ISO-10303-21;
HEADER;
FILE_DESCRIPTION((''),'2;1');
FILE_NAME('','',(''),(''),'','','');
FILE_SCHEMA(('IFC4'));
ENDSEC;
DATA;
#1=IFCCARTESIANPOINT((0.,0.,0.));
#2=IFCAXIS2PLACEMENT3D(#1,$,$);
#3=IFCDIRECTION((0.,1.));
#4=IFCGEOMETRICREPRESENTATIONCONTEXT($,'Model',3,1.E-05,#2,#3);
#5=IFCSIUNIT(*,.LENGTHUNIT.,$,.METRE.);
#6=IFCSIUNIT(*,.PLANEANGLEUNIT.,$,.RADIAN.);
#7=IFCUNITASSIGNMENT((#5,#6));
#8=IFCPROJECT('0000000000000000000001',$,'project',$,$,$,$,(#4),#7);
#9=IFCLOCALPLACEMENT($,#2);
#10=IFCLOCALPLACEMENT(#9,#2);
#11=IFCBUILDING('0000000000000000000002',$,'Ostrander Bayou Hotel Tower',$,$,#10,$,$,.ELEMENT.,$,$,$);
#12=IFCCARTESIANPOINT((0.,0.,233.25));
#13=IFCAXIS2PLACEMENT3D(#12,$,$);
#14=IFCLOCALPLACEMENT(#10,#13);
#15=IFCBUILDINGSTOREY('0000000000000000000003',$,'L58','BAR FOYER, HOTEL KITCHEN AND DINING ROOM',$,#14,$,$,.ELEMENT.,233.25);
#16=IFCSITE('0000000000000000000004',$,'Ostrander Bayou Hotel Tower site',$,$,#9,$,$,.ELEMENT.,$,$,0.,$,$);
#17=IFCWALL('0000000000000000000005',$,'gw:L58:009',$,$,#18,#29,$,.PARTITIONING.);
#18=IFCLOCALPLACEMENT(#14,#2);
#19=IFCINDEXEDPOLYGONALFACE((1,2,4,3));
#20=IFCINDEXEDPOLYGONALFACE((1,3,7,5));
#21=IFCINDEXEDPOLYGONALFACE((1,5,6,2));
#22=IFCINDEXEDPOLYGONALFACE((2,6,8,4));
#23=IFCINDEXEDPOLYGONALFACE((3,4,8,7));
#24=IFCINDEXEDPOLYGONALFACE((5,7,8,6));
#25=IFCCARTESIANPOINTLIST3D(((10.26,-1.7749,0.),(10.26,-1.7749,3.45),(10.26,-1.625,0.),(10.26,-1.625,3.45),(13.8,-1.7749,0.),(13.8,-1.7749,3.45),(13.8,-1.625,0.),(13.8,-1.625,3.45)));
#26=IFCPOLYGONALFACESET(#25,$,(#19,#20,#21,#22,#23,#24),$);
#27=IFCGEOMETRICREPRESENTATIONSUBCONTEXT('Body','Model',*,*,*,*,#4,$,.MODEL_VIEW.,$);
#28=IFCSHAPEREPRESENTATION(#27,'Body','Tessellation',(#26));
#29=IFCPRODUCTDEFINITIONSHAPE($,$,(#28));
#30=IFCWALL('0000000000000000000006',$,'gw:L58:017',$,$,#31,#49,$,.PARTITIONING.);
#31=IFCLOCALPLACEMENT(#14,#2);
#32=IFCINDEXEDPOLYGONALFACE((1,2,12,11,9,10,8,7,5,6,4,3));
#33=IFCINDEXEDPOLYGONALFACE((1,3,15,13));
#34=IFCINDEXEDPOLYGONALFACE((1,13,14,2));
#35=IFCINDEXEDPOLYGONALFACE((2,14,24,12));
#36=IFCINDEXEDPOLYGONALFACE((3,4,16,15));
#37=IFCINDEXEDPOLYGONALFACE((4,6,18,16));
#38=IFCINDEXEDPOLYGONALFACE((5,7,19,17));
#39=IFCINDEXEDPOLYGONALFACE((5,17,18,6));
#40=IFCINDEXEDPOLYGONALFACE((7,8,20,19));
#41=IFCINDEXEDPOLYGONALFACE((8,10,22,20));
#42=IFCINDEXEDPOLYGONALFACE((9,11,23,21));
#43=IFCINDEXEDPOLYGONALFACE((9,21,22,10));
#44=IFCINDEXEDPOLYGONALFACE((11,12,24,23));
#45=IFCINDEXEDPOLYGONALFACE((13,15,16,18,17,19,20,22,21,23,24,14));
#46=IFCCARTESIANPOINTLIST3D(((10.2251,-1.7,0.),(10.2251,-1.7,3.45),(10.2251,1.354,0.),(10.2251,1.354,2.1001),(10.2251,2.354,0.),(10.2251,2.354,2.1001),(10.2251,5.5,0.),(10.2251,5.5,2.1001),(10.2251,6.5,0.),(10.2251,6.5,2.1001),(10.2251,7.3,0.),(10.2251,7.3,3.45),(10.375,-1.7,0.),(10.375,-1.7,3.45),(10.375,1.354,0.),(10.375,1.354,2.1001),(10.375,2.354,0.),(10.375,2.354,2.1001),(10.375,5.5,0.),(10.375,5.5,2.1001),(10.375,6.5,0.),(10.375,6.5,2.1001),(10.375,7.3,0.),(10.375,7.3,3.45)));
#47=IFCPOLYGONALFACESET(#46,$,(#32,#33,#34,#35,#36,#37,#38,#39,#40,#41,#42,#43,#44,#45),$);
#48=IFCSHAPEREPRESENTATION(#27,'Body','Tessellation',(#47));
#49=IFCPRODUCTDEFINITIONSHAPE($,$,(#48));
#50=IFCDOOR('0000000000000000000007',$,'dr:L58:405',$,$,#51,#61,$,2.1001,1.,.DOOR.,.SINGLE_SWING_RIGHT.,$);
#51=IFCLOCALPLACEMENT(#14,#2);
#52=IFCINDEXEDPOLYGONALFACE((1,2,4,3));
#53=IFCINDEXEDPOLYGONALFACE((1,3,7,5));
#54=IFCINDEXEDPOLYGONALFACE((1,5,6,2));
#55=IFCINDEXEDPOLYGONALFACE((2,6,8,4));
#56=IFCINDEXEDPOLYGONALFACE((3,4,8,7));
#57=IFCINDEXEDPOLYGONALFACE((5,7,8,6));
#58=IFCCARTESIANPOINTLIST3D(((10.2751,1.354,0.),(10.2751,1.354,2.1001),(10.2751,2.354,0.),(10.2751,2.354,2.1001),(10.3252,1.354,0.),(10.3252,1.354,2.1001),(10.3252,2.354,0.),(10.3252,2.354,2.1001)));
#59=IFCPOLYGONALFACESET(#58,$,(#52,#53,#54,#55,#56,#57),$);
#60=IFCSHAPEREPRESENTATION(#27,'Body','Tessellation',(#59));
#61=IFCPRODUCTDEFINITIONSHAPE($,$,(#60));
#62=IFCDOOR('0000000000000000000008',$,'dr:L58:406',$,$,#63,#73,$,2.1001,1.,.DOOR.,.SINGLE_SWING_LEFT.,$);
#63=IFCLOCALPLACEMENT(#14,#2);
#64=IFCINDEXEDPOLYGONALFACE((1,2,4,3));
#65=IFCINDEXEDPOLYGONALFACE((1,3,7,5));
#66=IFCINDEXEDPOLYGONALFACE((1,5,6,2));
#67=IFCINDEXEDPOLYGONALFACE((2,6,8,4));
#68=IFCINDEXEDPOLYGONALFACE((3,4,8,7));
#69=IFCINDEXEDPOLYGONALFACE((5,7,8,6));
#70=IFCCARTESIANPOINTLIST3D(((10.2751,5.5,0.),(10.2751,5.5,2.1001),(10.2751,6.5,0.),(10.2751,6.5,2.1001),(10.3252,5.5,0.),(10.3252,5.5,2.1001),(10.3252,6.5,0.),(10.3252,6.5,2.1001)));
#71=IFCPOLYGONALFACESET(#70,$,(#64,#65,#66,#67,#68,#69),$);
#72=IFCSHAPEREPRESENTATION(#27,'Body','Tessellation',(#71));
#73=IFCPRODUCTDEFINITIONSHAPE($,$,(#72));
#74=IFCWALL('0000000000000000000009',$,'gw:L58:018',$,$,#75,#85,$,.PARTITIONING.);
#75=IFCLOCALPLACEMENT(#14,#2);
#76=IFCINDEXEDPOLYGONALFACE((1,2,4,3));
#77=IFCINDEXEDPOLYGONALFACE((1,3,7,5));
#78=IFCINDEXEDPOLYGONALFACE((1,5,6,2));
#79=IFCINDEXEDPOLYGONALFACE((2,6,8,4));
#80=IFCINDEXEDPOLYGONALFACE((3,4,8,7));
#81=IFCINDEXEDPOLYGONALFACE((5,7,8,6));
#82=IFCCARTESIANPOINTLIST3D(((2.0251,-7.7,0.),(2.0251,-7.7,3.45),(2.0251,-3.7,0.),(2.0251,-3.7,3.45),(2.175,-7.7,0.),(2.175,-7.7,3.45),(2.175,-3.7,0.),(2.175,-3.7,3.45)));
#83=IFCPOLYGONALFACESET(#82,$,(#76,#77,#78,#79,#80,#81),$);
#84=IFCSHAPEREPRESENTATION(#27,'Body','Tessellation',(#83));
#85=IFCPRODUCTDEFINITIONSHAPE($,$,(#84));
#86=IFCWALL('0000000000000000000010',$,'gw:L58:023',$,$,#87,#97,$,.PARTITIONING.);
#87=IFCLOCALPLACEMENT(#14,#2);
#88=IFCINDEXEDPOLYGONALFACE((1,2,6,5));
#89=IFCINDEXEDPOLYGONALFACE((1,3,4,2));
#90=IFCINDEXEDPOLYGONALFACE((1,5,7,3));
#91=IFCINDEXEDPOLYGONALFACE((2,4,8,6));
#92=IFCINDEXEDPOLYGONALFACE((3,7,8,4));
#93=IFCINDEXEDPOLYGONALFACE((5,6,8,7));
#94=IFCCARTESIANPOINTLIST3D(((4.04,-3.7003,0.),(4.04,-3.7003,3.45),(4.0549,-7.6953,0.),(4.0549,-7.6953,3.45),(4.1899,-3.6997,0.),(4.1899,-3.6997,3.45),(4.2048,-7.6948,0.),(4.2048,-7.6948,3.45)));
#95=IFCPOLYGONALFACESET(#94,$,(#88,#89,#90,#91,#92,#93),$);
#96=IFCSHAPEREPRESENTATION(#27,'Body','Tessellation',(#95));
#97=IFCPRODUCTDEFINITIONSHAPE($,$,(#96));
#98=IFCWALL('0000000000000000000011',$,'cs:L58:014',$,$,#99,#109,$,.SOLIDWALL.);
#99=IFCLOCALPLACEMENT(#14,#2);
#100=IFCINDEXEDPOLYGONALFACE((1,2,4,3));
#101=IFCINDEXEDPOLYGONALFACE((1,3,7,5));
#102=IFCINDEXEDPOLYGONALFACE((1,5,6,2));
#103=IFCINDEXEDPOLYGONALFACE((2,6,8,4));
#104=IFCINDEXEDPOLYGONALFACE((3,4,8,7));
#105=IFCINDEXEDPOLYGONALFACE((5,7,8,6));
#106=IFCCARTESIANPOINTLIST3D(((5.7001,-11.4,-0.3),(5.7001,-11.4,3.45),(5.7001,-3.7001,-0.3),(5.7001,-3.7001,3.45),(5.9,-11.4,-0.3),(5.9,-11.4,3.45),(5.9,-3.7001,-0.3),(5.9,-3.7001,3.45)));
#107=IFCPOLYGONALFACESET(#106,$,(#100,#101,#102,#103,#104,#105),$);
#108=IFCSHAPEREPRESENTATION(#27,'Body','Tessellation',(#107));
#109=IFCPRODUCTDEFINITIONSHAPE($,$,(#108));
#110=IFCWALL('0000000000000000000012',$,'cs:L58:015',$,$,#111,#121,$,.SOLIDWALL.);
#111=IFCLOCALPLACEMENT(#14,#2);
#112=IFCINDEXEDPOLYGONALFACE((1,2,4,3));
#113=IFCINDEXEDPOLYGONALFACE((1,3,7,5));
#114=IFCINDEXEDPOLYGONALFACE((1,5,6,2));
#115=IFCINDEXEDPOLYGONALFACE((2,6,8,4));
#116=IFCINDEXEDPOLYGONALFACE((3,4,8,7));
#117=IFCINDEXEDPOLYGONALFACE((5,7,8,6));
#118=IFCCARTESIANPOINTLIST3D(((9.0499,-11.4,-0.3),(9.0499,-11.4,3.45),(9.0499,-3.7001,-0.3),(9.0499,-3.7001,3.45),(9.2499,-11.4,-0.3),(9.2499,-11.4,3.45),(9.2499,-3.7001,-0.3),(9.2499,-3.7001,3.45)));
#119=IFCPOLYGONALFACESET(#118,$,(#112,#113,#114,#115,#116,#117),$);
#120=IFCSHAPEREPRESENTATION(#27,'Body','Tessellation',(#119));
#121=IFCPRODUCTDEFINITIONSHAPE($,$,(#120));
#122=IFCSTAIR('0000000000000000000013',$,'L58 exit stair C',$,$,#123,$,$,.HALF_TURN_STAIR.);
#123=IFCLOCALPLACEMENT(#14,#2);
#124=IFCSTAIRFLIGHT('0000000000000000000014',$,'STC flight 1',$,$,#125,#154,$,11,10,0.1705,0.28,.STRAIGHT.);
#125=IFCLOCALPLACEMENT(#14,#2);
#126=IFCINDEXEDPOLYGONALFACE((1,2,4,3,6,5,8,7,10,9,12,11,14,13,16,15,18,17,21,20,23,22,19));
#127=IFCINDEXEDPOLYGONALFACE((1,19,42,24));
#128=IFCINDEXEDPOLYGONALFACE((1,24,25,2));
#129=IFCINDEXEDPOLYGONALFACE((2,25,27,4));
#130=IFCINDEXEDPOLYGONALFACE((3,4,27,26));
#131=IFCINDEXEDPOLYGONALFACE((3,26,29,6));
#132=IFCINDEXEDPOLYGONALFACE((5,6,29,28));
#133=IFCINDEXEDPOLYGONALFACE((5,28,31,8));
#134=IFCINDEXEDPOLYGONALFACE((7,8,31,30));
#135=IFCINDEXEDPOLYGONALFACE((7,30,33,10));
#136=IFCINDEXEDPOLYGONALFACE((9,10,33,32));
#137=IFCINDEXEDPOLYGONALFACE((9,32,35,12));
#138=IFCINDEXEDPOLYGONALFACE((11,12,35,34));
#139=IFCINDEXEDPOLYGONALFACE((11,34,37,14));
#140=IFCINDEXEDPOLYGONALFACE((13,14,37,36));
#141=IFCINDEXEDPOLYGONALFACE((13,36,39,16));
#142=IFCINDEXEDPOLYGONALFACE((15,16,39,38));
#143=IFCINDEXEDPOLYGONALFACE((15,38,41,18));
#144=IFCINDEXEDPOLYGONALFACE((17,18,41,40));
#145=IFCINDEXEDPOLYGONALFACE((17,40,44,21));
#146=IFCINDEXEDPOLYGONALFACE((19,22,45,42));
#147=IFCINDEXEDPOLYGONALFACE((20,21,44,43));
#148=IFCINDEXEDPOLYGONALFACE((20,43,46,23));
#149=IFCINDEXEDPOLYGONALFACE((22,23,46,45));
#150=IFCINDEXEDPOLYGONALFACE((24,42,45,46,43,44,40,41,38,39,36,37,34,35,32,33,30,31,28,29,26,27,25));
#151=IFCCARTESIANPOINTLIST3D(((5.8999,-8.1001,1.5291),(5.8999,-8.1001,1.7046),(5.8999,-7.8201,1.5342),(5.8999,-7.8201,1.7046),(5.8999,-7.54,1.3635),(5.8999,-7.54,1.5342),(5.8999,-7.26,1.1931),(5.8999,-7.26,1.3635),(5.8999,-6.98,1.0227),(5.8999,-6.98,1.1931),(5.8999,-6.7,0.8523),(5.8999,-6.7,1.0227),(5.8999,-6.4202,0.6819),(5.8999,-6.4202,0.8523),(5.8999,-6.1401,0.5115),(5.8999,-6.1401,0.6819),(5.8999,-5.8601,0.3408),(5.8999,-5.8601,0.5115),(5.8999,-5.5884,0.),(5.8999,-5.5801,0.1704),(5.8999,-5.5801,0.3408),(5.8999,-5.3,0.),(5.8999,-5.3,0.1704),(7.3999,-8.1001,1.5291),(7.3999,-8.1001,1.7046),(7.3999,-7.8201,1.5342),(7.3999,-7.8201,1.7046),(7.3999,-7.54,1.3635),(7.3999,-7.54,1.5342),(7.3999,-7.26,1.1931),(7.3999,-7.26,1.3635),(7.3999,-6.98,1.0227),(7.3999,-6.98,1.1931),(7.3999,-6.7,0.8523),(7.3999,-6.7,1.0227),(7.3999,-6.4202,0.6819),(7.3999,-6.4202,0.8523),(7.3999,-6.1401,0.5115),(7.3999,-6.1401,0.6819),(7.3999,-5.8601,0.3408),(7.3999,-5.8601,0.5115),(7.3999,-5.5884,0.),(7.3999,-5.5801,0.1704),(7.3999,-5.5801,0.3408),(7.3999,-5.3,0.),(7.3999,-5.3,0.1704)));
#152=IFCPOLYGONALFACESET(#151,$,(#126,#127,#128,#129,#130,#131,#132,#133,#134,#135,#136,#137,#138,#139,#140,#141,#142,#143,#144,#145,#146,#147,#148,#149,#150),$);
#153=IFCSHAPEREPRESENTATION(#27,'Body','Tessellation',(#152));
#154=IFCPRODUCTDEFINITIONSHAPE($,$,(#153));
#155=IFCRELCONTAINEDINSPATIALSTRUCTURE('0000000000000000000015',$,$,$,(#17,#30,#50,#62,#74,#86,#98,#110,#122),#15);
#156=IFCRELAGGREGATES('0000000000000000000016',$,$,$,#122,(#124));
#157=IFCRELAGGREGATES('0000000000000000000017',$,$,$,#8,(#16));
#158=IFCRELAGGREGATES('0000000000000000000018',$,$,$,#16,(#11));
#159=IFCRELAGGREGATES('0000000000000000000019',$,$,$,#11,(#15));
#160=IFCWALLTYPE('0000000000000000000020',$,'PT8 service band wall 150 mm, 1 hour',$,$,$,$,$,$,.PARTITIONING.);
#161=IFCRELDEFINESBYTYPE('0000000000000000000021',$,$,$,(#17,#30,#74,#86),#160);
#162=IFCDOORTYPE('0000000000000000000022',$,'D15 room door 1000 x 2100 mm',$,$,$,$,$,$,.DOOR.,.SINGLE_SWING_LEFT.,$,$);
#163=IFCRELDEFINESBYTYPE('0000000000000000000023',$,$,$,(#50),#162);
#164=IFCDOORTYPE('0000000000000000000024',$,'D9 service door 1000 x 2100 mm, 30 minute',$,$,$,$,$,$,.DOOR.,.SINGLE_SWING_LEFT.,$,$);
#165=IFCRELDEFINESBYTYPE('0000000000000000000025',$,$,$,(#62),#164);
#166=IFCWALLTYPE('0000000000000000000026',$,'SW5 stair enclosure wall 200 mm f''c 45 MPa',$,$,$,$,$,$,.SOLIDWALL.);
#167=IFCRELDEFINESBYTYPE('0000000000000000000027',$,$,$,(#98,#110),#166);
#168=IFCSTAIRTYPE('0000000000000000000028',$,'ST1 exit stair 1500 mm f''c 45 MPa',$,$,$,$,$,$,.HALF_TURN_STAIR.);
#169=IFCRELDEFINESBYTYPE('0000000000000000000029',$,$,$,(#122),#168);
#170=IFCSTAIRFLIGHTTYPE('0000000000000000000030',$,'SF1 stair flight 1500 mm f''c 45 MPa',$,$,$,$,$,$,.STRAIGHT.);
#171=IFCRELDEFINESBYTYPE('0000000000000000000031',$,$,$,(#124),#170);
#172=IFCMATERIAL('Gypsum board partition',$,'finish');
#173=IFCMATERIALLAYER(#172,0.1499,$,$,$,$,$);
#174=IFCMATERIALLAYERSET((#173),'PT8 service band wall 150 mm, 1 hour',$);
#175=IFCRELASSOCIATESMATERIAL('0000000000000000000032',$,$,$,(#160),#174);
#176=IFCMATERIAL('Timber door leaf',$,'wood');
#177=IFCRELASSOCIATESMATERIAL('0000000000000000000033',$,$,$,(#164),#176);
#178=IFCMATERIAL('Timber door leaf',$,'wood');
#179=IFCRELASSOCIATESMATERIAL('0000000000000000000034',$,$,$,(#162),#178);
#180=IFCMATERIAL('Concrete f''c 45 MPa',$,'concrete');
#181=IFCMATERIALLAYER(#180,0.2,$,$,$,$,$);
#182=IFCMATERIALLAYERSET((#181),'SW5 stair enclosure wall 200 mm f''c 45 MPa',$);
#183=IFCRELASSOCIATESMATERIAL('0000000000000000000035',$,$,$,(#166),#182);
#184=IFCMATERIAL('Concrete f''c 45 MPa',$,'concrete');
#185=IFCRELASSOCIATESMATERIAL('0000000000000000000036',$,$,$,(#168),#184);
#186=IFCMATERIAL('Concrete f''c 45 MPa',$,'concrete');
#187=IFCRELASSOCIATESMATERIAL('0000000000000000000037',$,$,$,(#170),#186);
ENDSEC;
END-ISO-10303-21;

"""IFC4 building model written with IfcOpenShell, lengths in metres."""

from ifc_helpers import new_model, si_unit, direction, frame, frame_2d, origin, place, context, subcontext, project, spatial, polyline, rectangle, outline, extrude, material, layer, layer_set, type_object, element, fill, aggregate, save


model = new_model("IFC4")

# Units and contexts
model_context = context("Model", 3, precision=1e-05, world=origin(), true_north=direction((0.0, 1.0)))
body_context = subcontext(model_context, "Body", "Model", "MODEL_VIEW")
ifc_project = project(units=[si_unit("LENGTHUNIT", "METRE"), si_unit("PLANEANGLEUNIT", "RADIAN")], contexts=[model_context])

# Site, building, storey
site_placement = place(None, origin())
site = spatial("IfcSite", under=ifc_project, at=site_placement, Name="Ostrander Bayou Hotel Tower site", CompositionType="ELEMENT", RefElevation=0.0)
building_placement = place(site_placement, origin())
building = spatial("IfcBuilding", under=site, at=building_placement, Name="Ostrander Bayou Hotel Tower", CompositionType="ELEMENT")
storey_placement = place(building_placement, frame((0.0, 0.0, 233.25)))
storey = spatial("IfcBuildingStorey", under=building, at=storey_placement, Name="L58", Description="BAR FOYER, HOTEL KITCHEN AND DINING ROOM", CompositionType="ELEMENT", Elevation=233.25)

# Shared definitions
ifc_material_1 = material(Name="Gypsum board partition", Category="finish")
ifc_layer_1 = layer(ifc_material_1, 0.1499)
ifc_layer_set_1 = layer_set([ifc_layer_1], Name="PT8 service band wall 150 mm, 1 hour")
wall_type_1 = type_object("IfcWallType", Name="PT8 service band wall 150 mm, 1 hour", PredefinedType="PARTITIONING", material=ifc_layer_set_1)

# Shared definitions
ifc_material_2 = material(Name="Timber door leaf", Category="wood")
door_type_1 = type_object("IfcDoorType", Name="D9 service door 1000 x 2100 mm, 30 minute", OperationType="SINGLE_SWING_LEFT", PredefinedType="DOOR", material=ifc_material_2)

# Wall
wall_1_placement = place(storey_placement, frame((10.26, -1.7, 0.0), z_axis=(0.0, 0.0, 1.0), x_axis=(1.0, 0.0, 0.0)))
element("IfcWall", 1, at=wall_1_placement, inside=storey, type_object=wall_type_1, Name="gw:L58:009", PredefinedType="PARTITIONING", context=body_context, shape_type="SweptSolid", body=[
    extrude(rectangle(XDim=3.54, YDim=0.1499, at=frame_2d((1.77, 0.0))), origin(), (0.0, 0.0, 1.0), 3.45),
])

# Wall, openings, doors
wall_2_placement = place(storey_placement, frame((10.3, -1.7, 0.0), z_axis=(0.0, 0.0, 1.0), x_axis=(0.0, 1.0, 0.0)))
wall_2 = element("IfcWall", 2, at=wall_2_placement, inside=storey, type_object=wall_type_1, Name="gw:L58:017", PredefinedType="PARTITIONING", context=body_context, shape_type="SweptSolid", body=[
    extrude(rectangle(XDim=9.0, YDim=0.1499, at=frame_2d((4.5, 0.0))), origin(), (0.0, 0.0, 1.0), 3.45),
])
opening_1_placement = place(wall_2_placement, frame((3.054, 0.0, 0.0)))
opening_1 = element("IfcOpeningElement", 3, at=opening_1_placement, cuts=wall_2, PredefinedType="OPENING", context=body_context, shape_type="SweptSolid", body=[
    extrude(rectangle(XDim=1.0, YDim=2.1001, at=frame_2d((0.5, 1.05))), frame((0.0, 0.075, 0.0), z_axis=(0.0, -1.0, 0.0), x_axis=(1.0, 0.0, 0.0)), (0.0, 0.0, 1.0), 0.1499),
])
opening_2_placement = place(wall_2_placement, frame((7.2, 0.0, 0.0)))
opening_2 = element("IfcOpeningElement", 4, at=opening_2_placement, cuts=wall_2, PredefinedType="OPENING", context=body_context, shape_type="SweptSolid", body=[
    extrude(rectangle(XDim=1.0, YDim=2.1001, at=frame_2d((0.5, 1.05))), frame((0.0, 0.075, 0.0), z_axis=(0.0, -1.0, 0.0), x_axis=(1.0, 0.0, 0.0)), (0.0, 0.0, 1.0), 0.1499),
])
ifc_material_3 = material(Name="Timber door leaf", Category="wood")
door_type_2 = type_object("IfcDoorType", Name="D15 room door 1000 x 2100 mm", OperationType="SINGLE_SWING_LEFT", PredefinedType="DOOR", material=ifc_material_3)
door_1_placement = place(opening_1_placement, origin())
door_1 = element("IfcDoor", 5, at=door_1_placement, inside=storey, type_object=door_type_2, Name="dr:L58:405", OperationType="SINGLE_SWING_RIGHT", OverallHeight=2.1001, OverallWidth=1.0, PredefinedType="DOOR", context=body_context, shape_type="SweptSolid", body=[
    extrude(rectangle(XDim=1.0, YDim=2.1001, at=frame_2d((0.5, 1.05))), frame((0.0, 0.0249, 0.0), z_axis=(0.0, -1.0, 0.0), x_axis=(1.0, 0.0, 0.0)), (0.0, 0.0, 1.0), 0.05),
])
fill(opening_1, door_1)
door_2_placement = place(opening_2_placement, origin())
door_2 = element("IfcDoor", 6, at=door_2_placement, inside=storey, type_object=door_type_1, Name="dr:L58:406", OperationType="SINGLE_SWING_LEFT", OverallHeight=2.1001, OverallWidth=1.0, PredefinedType="DOOR", context=body_context, shape_type="SweptSolid", body=[
    extrude(rectangle(XDim=1.0, YDim=2.1001, at=frame_2d((0.5, 1.05))), frame((0.0, 0.0249, 0.0), z_axis=(0.0, -1.0, 0.0), x_axis=(1.0, 0.0, 0.0)), (0.0, 0.0, 1.0), 0.05),
])
fill(opening_2, door_2)

# Walls
wall_3_placement = place(storey_placement, frame((2.1001, -7.7, 0.0), z_axis=(0.0, 0.0, 1.0), x_axis=(0.0, 1.0, 0.0)))
element("IfcWall", 7, at=wall_3_placement, inside=storey, type_object=wall_type_1, Name="gw:L58:018", PredefinedType="PARTITIONING", context=body_context, shape_type="SweptSolid", body=[
    extrude(rectangle(XDim=4.0, YDim=0.1499, at=frame_2d((2.0, 0.0))), origin(), (0.0, 0.0, 1.0), 3.45),
])
wall_4_placement = place(storey_placement, frame((4.1299, -7.6951, 0.0), z_axis=(0.0, 0.0, 1.0), x_axis=(-0.003728, 0.999993, 0.0)))
element("IfcWall", 8, at=wall_4_placement, inside=storey, type_object=wall_type_1, Name="gw:L58:023", PredefinedType="PARTITIONING", context=body_context, shape_type="SweptSolid", body=[
    extrude(rectangle(XDim=3.9951, YDim=0.1499, at=frame_2d((1.9976, 0.0))), origin(), (0.0, 0.0, 1.0), 3.45),
])

# Shared definitions
ifc_material_4 = material(Name="Concrete f'c 45 MPa", Category="concrete")
ifc_layer_2 = layer(ifc_material_4, 0.2)
ifc_layer_set_2 = layer_set([ifc_layer_2], Name="SW5 stair enclosure wall 200 mm f'c 45 MPa")
wall_type_2 = type_object("IfcWallType", Name="SW5 stair enclosure wall 200 mm f'c 45 MPa", PredefinedType="SOLIDWALL", material=ifc_layer_set_2)

# Walls
for number, where, z_axis, x_axis, name in (
    (9, (5.8, -3.7, -0.3), (0.0, 0.0, 1.0), (0.0, -1.0, 0.0), "cs:L58:014"),
    (10, (9.1499, -3.7, -0.3), (0.0, 0.0, 1.0), (0.0, -1.0, 0.0), "cs:L58:015"),
):
    element("IfcWall", number, at=place(storey_placement, frame(where, z_axis=z_axis, x_axis=x_axis)), inside=storey, type_object=wall_type_2, Name=name, PredefinedType="SOLIDWALL", context=body_context, shape_type="SweptSolid", body=[
        extrude(rectangle(XDim=7.7, YDim=0.2, at=frame_2d((3.8501, 0.0))), origin(), (0.0, 0.0, 1.0), 3.75),
    ])

# Stair, stair flight
ifc_material_5 = material(Name="Concrete f'c 45 MPa", Category="concrete")
stair_type = type_object("IfcStairType", Name="ST1 exit stair 1500 mm f'c 45 MPa", PredefinedType="HALF_TURN_STAIR", material=ifc_material_5)
stair_placement = place(storey_placement, origin())
stair = element("IfcStair", 11, at=stair_placement, inside=storey, type_object=stair_type, Name="L58 exit stair C", PredefinedType="HALF_TURN_STAIR")
ifc_material_6 = material(Name="Concrete f'c 45 MPa", Category="concrete")
stair_flight_type = type_object("IfcStairFlightType", Name="SF1 stair flight 1500 mm f'c 45 MPa", PredefinedType="STRAIGHT", material=ifc_material_6)
stair_flight_placement = place(storey_placement, frame((6.6499, -5.3, 0.0), z_axis=(0.0, 0.0, 1.0), x_axis=(0.0, -1.0, 0.0)))
stair_flight = element("IfcStairFlight", 12, at=stair_flight_placement, type_object=stair_flight_type, Name="STC flight 1", NumberOfRisers=11, NumberOfTreads=10, PredefinedType="STRAIGHT", RiserHeight=0.1705, TreadLength=0.28, context=body_context, shape_type="SweptSolid", body=[
    extrude(outline(polyline([(0.0, 0.0), (0.0, 0.1704), (0.28, 0.1704), (0.28, 0.3408), (0.5601, 0.3408), (0.5601, 0.5115), (0.8401, 0.5115), (0.8401, 0.6819), (1.1201, 0.6819), (1.1201, 0.8523), (1.3999, 0.8523), (1.3999, 1.0227), (1.6799, 1.0227), (1.6799, 1.1931), (1.96, 1.1931), (1.96, 1.3635), (2.24, 1.3635), (2.24, 1.5342), (2.52, 1.5342), (2.52, 1.7046), (2.8, 1.7046), (2.8, 1.875), (2.8, 1.5291), (0.2883, 0.0), (0.0, 0.0)])), frame((0.0, 0.75, 0.0), z_axis=(0.0, -1.0, 0.0), x_axis=(1.0, 0.0, 0.0)), (0.0, 0.0, 1.0), 1.5),
])
aggregate(stair, [stair_flight])

save(model, "model.ifc")
